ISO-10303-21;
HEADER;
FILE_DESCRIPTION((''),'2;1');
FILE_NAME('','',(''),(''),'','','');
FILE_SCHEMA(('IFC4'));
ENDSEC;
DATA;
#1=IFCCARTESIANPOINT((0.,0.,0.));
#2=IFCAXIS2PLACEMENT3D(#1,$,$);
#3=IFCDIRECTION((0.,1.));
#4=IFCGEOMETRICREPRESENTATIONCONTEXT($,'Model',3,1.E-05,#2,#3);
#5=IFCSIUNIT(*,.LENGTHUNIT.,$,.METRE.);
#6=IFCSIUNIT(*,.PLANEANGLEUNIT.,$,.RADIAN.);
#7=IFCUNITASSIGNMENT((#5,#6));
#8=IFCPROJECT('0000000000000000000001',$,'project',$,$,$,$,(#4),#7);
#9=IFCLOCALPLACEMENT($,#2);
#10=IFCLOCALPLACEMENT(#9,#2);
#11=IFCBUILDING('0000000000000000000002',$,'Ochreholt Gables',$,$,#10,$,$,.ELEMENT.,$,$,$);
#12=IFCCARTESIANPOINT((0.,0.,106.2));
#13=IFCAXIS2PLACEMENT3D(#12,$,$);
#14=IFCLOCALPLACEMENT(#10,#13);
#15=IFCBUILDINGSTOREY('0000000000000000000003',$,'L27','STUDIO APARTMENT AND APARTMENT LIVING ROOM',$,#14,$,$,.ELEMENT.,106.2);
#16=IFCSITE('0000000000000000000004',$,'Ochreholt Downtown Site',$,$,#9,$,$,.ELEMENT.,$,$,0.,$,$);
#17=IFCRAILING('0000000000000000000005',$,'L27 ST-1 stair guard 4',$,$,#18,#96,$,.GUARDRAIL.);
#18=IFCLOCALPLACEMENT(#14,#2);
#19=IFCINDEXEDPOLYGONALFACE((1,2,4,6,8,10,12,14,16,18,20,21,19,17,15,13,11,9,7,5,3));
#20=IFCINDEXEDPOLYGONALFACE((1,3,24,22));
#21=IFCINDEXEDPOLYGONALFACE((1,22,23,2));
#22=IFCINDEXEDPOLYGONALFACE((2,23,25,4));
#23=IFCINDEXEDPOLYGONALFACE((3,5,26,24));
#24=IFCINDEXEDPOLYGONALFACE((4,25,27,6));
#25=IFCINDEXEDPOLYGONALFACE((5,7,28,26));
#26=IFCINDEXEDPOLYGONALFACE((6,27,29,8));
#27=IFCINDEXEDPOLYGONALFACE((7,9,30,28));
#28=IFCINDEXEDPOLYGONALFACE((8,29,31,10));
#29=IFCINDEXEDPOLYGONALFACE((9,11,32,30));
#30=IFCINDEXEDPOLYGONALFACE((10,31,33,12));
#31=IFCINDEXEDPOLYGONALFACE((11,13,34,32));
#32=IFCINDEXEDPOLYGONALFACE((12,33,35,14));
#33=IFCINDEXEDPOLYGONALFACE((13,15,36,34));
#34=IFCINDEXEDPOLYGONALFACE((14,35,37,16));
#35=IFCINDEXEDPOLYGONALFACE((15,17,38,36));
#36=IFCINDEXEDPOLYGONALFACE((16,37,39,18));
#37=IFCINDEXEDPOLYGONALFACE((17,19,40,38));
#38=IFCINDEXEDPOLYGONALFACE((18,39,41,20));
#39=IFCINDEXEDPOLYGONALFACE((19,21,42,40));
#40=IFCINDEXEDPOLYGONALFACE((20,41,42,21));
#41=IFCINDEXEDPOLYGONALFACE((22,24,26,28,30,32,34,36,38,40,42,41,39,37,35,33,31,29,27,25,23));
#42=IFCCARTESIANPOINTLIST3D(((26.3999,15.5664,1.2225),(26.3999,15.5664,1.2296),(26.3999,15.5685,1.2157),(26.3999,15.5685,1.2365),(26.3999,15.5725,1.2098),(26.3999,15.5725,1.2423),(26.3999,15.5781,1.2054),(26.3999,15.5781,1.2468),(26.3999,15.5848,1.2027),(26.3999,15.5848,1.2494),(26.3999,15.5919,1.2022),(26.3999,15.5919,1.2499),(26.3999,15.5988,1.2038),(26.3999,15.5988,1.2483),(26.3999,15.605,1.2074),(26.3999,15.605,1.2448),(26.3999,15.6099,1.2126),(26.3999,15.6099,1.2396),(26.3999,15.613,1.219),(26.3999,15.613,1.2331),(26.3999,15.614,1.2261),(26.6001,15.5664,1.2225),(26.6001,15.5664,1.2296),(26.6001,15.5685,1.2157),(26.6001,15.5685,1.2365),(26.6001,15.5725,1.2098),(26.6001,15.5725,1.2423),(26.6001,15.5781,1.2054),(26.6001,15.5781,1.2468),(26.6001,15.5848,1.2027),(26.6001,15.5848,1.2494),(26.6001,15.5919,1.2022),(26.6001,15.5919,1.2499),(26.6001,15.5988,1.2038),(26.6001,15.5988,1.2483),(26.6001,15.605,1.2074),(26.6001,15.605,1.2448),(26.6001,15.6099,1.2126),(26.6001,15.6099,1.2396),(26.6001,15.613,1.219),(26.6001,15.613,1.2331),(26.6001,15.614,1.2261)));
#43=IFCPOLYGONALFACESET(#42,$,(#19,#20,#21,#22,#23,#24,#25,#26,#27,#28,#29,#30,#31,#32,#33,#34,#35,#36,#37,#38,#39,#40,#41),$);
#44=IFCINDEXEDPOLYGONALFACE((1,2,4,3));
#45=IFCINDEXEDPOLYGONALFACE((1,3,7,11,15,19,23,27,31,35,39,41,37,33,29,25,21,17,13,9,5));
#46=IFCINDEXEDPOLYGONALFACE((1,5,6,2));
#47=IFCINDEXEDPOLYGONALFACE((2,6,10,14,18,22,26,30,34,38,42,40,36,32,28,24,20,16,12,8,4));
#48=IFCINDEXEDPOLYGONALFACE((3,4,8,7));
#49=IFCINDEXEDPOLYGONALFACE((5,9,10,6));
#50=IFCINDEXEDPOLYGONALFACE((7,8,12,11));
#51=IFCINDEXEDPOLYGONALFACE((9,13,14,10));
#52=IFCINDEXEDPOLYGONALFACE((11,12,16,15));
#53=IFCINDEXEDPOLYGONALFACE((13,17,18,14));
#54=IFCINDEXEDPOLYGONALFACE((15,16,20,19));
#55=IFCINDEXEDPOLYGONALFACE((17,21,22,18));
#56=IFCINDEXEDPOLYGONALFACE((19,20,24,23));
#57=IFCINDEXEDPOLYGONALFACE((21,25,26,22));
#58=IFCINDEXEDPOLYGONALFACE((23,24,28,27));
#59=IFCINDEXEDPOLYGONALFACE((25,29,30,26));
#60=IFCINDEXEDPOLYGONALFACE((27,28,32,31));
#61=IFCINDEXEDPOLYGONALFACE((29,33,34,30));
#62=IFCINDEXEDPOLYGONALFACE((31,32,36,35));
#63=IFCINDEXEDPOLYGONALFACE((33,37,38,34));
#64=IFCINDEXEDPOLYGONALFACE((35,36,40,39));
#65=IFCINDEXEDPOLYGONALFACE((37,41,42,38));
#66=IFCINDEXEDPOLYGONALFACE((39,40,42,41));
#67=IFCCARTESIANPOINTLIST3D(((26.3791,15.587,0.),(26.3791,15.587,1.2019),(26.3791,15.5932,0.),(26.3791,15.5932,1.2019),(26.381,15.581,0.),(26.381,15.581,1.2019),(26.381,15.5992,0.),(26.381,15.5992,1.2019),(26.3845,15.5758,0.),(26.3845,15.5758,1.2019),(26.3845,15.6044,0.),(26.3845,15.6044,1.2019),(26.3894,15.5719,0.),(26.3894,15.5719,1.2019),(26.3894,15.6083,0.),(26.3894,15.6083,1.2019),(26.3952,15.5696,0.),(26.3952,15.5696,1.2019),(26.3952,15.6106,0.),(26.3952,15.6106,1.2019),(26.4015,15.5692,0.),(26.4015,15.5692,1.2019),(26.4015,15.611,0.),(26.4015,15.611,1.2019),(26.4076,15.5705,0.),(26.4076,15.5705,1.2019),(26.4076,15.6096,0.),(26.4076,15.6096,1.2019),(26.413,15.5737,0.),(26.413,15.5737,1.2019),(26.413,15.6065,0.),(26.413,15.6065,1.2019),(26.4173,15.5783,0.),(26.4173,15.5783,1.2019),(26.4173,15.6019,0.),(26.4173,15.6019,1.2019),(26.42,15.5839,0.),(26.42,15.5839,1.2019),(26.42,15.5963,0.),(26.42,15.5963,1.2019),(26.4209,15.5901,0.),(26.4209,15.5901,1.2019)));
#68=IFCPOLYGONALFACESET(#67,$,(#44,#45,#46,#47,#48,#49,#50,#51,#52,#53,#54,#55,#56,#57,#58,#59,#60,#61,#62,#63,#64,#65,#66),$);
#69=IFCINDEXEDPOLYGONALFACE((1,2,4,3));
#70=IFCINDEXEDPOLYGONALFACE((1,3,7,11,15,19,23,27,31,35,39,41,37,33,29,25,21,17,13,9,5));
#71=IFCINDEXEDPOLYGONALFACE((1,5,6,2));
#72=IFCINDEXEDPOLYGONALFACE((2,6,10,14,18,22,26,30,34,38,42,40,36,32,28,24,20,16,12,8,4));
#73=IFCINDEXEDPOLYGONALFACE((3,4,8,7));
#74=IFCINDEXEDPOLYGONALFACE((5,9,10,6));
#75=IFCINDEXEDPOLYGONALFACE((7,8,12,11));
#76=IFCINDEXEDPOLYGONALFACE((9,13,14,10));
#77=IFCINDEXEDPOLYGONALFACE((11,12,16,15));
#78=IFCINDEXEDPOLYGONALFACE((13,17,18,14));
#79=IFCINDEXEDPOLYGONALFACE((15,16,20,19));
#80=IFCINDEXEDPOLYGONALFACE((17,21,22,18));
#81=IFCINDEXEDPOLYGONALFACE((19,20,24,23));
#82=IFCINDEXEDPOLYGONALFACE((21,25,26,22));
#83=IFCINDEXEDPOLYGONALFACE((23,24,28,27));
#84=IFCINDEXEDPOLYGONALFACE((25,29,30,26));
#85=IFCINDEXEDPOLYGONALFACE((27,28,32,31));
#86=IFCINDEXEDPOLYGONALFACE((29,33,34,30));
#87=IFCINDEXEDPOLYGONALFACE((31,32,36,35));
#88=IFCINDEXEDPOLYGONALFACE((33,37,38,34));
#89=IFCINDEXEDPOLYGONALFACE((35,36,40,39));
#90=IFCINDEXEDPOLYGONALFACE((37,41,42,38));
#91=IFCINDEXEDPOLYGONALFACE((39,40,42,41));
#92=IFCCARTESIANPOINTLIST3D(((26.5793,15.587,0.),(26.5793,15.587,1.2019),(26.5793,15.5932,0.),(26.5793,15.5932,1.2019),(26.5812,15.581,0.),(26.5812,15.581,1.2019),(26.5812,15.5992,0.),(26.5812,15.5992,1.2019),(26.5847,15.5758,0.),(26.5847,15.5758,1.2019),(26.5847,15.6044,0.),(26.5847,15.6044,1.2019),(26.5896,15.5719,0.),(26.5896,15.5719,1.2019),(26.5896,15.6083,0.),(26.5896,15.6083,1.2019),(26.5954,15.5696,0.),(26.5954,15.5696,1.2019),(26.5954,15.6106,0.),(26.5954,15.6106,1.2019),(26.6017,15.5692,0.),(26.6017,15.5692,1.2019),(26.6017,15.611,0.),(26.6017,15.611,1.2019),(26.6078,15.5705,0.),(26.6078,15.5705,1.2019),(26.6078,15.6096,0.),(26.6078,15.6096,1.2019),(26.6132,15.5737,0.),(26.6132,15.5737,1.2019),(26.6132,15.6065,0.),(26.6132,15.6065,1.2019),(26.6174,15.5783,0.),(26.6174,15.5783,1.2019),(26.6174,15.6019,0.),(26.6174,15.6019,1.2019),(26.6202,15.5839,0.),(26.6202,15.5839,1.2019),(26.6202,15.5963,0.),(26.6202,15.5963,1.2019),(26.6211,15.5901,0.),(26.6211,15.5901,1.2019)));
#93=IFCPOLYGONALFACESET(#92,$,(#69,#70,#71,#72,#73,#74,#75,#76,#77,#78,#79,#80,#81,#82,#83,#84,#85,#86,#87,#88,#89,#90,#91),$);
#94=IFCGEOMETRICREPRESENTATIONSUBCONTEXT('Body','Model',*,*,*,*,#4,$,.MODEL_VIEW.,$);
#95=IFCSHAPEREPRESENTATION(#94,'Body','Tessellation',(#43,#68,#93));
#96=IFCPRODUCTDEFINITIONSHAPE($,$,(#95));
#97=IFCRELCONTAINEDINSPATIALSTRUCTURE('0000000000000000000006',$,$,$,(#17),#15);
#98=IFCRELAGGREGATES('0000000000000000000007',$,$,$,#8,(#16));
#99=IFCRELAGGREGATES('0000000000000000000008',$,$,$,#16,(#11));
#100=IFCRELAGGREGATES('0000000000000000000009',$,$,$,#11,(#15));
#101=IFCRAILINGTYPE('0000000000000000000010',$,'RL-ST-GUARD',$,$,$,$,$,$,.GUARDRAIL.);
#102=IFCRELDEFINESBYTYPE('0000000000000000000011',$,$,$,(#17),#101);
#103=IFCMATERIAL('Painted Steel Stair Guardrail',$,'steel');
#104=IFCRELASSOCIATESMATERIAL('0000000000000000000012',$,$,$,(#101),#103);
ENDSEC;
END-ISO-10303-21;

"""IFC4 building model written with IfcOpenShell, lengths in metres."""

from ifc_helpers import new_model, si_unit, direction, frame, origin, origin_2d, place, context, subcontext, project, spatial, circle, extrude, material, type_object, element, save


model = new_model("IFC4")

# Units and contexts
model_context = context("Model", 3, precision=1e-05, world=origin(), true_north=direction((0.0, 1.0)))
body_context = subcontext(model_context, "Body", "Model", "MODEL_VIEW")
ifc_project = project(units=[si_unit("LENGTHUNIT", "METRE"), si_unit("PLANEANGLEUNIT", "RADIAN")], contexts=[model_context])

# Site, building, storey
site_placement = place(None, origin())
site = spatial("IfcSite", under=ifc_project, at=site_placement, Name="Ochreholt Downtown Site", CompositionType="ELEMENT", RefElevation=0.0)
building_placement = place(site_placement, origin())
building = spatial("IfcBuilding", under=site, at=building_placement, Name="Ochreholt Gables", CompositionType="ELEMENT")
storey_placement = place(building_placement, frame((0.0, 0.0, 106.2)))
storey = spatial("IfcBuildingStorey", under=building, at=storey_placement, Name="L27", Description="STUDIO APARTMENT AND APARTMENT LIVING ROOM", CompositionType="ELEMENT", Elevation=106.2)

# Railing
ifc_material_1 = material(Name="Painted Steel Stair Guardrail", Category="steel")
railing_type_1 = type_object("IfcRailingType", Name="RL-ST-GUARD", PredefinedType="GUARDRAIL", material=ifc_material_1)
railing_1_placement = place(storey_placement, frame((26.3999, 15.5901, 0.0)))
element("IfcRailing", 1, at=railing_1_placement, inside=storey, type_object=railing_type_1, Name="L27 ST-1 stair guard 4", PredefinedType="GUARDRAIL", context=body_context, shape_type="SweptSolid", body=[
    extrude(circle(Radius=0.0239, at=origin_2d()), frame((0.0, 0.0, 1.2261), z_axis=(1.0, 0.0, 0.0), x_axis=(0.0, 1.0, 0.0)), (0.0, 0.0, 1.0), 0.2002),
    extrude(circle(Radius=0.021, at=origin_2d()), origin(), (0.0, 0.0, 1.0), 1.2019),
    extrude(circle(Radius=0.021, at=origin_2d()), frame((0.2002, 0.0, 0.0)), (0.0, 0.0, 1.0), 1.2019),
])

save(model, "model.ifc")
